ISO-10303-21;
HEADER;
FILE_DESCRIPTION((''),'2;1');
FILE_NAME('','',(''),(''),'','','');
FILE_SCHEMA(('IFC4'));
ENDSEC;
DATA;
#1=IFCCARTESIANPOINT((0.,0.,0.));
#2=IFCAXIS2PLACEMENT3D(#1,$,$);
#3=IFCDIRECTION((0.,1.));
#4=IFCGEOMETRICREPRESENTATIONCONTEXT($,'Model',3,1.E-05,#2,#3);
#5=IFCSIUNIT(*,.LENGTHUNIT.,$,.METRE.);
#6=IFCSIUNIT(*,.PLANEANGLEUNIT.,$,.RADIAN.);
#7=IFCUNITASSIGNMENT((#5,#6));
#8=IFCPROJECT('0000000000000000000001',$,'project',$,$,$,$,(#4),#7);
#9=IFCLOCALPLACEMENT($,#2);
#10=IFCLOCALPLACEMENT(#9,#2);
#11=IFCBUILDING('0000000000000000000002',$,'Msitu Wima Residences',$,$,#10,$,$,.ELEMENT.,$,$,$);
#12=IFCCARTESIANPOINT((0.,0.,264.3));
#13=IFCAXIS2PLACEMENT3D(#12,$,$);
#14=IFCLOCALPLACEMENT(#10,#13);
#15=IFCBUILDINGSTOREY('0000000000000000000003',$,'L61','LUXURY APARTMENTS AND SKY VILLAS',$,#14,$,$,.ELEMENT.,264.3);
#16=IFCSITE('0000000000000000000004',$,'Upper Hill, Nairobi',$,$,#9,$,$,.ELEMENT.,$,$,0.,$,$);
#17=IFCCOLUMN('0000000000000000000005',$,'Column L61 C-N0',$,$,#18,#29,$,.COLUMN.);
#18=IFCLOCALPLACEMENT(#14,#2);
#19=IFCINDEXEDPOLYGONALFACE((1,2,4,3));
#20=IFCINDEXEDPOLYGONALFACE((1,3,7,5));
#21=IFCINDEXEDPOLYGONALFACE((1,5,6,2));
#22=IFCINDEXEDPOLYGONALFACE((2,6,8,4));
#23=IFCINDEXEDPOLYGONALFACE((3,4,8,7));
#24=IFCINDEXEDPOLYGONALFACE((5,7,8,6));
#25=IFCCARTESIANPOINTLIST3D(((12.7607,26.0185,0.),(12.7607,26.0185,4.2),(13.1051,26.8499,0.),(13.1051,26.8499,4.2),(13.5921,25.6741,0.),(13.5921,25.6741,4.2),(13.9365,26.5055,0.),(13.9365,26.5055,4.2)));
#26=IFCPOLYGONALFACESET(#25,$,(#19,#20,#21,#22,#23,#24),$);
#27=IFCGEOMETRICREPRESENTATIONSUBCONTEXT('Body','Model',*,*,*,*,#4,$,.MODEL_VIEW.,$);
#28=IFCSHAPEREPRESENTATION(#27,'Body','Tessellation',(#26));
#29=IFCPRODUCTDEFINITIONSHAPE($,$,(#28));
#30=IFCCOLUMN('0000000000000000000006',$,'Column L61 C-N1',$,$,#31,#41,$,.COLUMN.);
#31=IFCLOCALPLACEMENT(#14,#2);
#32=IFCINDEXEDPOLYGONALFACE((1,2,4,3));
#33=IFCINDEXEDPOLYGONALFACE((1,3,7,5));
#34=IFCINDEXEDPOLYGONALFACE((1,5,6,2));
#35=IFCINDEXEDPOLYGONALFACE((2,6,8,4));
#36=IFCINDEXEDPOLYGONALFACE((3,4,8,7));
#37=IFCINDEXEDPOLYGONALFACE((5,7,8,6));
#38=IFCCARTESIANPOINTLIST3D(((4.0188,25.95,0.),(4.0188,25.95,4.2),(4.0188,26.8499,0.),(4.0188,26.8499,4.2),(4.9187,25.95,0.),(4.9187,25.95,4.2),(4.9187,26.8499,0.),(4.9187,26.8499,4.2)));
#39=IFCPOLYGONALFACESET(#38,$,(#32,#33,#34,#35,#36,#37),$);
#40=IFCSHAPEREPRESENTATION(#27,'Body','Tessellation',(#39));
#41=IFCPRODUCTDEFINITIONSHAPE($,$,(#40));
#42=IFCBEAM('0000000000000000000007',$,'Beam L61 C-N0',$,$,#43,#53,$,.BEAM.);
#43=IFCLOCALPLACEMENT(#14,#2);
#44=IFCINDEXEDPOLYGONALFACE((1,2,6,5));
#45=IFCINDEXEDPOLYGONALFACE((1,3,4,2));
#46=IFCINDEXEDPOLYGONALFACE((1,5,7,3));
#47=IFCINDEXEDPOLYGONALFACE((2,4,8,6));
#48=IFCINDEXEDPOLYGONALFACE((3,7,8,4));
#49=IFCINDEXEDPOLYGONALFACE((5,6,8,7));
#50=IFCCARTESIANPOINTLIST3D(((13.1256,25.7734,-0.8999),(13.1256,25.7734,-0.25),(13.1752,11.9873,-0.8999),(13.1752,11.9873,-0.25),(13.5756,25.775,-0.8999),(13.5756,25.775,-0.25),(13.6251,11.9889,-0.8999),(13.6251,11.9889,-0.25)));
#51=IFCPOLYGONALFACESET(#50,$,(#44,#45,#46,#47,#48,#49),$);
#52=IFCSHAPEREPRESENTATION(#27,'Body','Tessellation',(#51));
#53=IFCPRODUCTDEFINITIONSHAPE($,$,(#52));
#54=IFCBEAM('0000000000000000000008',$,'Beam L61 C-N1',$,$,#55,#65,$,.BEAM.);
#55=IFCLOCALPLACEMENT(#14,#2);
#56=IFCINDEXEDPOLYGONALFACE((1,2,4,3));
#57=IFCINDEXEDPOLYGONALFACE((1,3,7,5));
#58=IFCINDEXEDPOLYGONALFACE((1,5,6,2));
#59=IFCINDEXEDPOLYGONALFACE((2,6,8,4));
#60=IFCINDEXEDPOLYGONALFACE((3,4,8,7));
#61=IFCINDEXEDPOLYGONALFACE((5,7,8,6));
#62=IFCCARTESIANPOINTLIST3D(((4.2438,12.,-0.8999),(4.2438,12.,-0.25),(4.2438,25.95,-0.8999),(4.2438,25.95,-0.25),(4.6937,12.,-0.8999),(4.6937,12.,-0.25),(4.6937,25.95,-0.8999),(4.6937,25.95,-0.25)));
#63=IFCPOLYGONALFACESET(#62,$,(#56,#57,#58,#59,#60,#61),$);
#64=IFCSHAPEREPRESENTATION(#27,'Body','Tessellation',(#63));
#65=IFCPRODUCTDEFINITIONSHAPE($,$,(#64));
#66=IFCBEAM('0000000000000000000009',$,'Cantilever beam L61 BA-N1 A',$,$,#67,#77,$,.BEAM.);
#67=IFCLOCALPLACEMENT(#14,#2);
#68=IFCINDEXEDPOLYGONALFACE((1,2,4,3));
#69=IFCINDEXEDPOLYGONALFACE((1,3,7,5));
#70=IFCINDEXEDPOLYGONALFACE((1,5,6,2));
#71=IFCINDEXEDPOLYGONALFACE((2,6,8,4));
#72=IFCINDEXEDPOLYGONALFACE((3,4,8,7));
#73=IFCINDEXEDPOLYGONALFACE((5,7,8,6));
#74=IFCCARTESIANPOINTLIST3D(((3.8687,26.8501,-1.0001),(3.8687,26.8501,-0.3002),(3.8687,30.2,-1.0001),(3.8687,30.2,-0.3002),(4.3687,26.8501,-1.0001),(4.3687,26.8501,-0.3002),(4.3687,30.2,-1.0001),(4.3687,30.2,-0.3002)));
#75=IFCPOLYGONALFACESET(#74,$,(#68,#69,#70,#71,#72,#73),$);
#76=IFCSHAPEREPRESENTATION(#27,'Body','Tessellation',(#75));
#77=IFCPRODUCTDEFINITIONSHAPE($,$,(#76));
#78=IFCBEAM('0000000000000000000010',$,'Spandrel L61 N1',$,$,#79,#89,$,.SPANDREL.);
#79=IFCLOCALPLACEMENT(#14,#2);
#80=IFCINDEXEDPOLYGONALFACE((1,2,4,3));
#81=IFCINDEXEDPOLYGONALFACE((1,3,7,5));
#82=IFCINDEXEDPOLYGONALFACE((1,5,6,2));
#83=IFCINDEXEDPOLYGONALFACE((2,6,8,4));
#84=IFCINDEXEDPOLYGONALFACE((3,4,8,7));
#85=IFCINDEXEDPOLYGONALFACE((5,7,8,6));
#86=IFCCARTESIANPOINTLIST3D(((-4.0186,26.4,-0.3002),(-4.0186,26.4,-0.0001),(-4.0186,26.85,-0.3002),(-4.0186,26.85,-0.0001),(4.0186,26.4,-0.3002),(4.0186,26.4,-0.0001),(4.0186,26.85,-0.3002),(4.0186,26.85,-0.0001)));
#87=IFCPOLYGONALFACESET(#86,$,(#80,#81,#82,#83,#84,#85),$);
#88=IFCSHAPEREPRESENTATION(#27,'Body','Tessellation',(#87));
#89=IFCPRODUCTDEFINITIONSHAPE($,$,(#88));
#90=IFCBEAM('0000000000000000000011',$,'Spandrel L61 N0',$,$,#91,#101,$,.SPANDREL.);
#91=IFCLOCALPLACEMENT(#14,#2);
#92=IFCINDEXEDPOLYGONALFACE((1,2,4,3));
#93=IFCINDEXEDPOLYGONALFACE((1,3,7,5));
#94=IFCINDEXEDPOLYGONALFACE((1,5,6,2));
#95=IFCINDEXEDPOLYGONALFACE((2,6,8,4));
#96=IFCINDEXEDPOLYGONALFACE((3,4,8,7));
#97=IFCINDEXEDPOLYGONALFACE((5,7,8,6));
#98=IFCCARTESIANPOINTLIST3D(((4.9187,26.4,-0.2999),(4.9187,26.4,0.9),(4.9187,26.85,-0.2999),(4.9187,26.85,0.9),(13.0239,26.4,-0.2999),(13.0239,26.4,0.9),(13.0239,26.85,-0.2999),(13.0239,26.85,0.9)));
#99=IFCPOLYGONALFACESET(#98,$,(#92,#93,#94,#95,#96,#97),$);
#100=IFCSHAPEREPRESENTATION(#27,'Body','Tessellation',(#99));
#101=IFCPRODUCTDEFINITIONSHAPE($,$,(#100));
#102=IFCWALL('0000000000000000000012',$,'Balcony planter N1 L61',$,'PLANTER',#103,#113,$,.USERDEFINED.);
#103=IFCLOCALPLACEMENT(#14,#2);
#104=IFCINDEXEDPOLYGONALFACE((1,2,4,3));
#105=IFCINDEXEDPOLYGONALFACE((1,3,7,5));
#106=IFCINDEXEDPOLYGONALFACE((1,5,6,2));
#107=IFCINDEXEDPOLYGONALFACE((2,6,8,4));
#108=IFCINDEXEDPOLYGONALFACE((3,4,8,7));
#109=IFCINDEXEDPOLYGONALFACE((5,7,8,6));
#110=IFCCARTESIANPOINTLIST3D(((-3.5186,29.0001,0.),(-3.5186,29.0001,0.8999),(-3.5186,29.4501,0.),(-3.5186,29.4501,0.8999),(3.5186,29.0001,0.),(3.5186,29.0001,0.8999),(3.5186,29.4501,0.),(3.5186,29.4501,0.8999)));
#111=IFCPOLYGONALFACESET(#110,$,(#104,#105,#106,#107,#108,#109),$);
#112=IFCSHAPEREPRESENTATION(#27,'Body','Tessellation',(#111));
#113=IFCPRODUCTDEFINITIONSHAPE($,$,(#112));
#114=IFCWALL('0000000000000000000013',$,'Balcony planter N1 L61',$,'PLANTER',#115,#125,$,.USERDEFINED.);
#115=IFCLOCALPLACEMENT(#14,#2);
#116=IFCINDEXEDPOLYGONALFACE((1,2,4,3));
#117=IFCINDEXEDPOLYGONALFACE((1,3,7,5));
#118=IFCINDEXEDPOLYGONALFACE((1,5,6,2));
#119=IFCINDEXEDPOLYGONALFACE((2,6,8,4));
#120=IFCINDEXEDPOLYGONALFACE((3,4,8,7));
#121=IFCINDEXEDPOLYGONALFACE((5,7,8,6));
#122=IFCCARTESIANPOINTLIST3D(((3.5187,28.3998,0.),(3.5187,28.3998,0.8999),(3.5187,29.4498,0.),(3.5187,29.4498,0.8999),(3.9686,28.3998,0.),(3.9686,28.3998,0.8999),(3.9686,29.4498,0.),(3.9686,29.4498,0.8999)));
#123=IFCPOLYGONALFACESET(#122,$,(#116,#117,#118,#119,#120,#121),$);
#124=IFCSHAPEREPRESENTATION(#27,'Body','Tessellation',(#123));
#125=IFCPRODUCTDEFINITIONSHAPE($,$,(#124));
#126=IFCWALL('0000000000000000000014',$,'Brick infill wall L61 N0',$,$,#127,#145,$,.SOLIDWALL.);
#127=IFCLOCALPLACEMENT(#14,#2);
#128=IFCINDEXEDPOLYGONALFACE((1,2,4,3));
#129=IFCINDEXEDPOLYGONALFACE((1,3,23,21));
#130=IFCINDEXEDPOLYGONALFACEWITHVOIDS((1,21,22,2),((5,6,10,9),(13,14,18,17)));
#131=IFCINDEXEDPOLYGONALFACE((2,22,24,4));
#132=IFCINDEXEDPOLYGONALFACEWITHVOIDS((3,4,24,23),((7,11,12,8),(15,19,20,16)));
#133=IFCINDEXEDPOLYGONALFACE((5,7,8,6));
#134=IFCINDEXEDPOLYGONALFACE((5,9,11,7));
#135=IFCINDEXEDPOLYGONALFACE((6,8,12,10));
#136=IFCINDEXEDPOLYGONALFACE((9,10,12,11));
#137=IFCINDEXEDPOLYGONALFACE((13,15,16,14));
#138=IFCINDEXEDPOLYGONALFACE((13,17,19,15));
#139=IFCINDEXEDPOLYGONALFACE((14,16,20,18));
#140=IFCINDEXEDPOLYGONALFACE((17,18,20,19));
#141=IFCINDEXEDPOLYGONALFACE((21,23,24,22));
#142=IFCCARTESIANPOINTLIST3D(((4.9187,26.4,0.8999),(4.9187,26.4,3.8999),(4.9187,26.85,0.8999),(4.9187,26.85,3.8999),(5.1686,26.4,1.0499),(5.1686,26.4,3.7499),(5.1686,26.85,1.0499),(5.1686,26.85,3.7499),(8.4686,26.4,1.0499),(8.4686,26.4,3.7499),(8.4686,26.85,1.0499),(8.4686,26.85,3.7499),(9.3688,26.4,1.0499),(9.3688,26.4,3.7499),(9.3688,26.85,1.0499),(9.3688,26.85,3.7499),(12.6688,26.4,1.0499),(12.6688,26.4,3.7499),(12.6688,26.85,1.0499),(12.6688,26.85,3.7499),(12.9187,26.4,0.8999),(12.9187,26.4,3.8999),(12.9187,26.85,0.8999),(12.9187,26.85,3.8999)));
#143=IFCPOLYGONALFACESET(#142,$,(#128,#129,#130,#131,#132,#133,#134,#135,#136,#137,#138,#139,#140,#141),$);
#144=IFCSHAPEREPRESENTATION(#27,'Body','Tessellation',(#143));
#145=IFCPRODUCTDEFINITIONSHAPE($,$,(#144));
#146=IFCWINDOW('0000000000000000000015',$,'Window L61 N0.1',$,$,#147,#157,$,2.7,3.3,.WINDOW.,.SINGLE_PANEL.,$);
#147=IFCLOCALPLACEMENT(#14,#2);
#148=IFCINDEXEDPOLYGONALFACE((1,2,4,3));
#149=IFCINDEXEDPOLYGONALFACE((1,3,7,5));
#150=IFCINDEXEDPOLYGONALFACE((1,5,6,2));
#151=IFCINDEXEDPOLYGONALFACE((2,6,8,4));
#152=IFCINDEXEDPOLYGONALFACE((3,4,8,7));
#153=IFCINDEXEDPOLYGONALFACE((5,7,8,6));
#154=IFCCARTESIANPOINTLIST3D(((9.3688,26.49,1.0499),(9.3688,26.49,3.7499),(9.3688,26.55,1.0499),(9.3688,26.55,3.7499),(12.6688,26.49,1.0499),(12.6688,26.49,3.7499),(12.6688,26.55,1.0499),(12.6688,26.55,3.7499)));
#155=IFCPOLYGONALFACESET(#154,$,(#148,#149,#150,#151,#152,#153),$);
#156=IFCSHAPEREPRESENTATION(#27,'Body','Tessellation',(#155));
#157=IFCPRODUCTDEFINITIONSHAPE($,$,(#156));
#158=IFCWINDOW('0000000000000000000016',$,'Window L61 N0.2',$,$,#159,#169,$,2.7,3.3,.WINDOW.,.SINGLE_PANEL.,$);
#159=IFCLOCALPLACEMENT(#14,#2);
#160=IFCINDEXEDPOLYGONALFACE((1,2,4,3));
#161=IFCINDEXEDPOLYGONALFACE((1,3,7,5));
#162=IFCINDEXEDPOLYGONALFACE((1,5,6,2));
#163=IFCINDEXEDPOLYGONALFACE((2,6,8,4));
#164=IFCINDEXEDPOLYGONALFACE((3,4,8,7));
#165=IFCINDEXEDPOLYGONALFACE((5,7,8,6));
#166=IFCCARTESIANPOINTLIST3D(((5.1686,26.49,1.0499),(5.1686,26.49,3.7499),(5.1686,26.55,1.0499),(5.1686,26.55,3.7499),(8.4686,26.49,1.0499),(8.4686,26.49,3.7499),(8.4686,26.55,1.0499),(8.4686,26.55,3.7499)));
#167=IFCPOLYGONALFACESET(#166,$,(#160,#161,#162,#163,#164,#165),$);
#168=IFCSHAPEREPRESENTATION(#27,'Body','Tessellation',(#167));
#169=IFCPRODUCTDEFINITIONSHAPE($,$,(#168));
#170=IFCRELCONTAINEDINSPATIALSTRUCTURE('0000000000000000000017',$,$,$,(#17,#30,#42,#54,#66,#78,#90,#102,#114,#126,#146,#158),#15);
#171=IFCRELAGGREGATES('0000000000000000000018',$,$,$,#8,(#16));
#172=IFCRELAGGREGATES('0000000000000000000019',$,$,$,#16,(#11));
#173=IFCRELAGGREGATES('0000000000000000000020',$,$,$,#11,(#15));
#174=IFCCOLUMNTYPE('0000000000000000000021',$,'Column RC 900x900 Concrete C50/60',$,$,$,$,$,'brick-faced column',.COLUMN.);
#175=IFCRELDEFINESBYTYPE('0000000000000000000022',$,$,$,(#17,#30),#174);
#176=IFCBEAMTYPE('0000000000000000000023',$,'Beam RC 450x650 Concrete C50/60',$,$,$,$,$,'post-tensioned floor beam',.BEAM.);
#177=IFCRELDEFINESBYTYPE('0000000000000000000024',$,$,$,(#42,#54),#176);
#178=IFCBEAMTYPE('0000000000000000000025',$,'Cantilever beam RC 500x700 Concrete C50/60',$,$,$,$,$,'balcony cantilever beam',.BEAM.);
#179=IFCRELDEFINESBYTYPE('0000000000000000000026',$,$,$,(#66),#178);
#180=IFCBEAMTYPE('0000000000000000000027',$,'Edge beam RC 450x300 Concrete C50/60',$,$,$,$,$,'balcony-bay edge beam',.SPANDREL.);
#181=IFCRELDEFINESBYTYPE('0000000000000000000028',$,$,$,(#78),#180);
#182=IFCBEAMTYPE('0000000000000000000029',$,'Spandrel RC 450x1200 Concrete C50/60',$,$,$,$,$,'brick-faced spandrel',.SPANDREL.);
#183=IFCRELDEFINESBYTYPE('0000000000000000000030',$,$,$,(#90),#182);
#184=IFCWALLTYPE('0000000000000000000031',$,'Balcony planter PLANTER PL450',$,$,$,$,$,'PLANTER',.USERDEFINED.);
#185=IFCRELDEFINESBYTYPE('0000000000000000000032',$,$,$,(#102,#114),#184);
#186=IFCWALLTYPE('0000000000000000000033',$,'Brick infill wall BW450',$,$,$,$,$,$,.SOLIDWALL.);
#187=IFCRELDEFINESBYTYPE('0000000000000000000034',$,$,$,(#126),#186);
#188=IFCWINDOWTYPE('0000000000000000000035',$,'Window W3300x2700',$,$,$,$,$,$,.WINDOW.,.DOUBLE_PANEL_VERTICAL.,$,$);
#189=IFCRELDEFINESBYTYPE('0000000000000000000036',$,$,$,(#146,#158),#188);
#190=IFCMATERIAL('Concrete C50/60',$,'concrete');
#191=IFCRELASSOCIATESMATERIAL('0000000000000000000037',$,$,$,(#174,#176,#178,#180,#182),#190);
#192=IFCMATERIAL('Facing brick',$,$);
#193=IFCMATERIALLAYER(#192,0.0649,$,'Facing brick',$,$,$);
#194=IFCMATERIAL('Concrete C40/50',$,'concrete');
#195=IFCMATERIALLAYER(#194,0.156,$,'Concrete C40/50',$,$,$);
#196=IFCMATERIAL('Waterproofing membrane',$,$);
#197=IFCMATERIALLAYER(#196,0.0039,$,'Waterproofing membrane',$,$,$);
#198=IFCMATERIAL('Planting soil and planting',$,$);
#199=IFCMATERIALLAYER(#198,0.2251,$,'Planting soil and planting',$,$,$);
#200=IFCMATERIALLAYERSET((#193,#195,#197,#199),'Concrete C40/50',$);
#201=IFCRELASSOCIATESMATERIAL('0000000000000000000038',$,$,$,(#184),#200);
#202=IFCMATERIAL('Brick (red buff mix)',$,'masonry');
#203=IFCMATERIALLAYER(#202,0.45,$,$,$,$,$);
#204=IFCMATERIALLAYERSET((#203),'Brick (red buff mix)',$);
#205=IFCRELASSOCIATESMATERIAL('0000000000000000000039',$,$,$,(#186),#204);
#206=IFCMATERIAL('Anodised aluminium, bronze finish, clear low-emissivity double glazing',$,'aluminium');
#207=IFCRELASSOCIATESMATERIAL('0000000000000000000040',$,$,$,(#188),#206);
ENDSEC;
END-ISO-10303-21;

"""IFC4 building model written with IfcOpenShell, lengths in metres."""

from ifc_helpers import new_model, si_unit, direction, frame, frame_2d, origin, origin_2d, place, context, subcontext, project, spatial, rectangle, extrude, material, layer, layer_set, material_profile, profile_set, type_object, element, fill, save


model = new_model("IFC4")

# Units and contexts
model_context = context("Model", 3, precision=1e-05, world=origin(), true_north=direction((0.0, 1.0)))
body_context = subcontext(model_context, "Body", "Model", "MODEL_VIEW")
ifc_project = project(units=[si_unit("LENGTHUNIT", "METRE"), si_unit("PLANEANGLEUNIT", "RADIAN")], contexts=[model_context])

# Site, building, storey
site_placement = place(None, origin())
site = spatial("IfcSite", under=ifc_project, at=site_placement, Name="Upper Hill, Nairobi", CompositionType="ELEMENT", RefElevation=0.0)
building_placement = place(site_placement, origin())
building = spatial("IfcBuilding", under=site, at=building_placement, Name="Msitu Wima Residences", CompositionType="ELEMENT")
storey_placement = place(building_placement, frame((0.0, 0.0, 264.3)))
storey = spatial("IfcBuildingStorey", under=building, at=storey_placement, Name="L61", Description="LUXURY APARTMENTS AND SKY VILLAS", CompositionType="ELEMENT", Elevation=264.3)

# Columns
ifc_material_1 = material(Name="Concrete C50/60", Category="concrete")
ifc_material_profile_1 = material_profile(ifc_material_1, rectangle(XDim=0.8999, YDim=0.8999, at=origin_2d()), Name="RC 900x900")
ifc_profile_set_1 = profile_set([ifc_material_profile_1], Name="Concrete C50/60")
column_type = type_object("IfcColumnType", Name="Column RC 900x900 Concrete C50/60", ElementType="brick-faced column", PredefinedType="COLUMN", material=ifc_profile_set_1)
for number, where, z_axis, x_axis, name in (
    (1, (13.3486, 26.262, 0.0), (0.0, 0.0, 1.0), (-0.92388, 0.382683, 0.0), "Column L61 C-N0"),
    (2, (4.4688, 26.3999, 0.0), (0.0, 0.0, 1.0), (-1.0, 0.0, 0.0), "Column L61 C-N1"),
):
    element("IfcColumn", number, at=place(storey_placement, frame(where, z_axis=z_axis, x_axis=x_axis)), inside=storey, type_object=column_type, Name=name, PredefinedType="COLUMN", context=body_context, shape_type="SweptSolid", body=[
        extrude(rectangle(XDim=0.8999, YDim=0.8999, at=origin_2d()), origin(), (0.0, 0.0, 1.0), 4.2),
    ])

# Beams
ifc_material_profile_2 = material_profile(ifc_material_1, rectangle(XDim=0.45, YDim=0.6499, at=origin_2d()), Name="RC 450x650")
ifc_profile_set_2 = profile_set([ifc_material_profile_2], Name="Concrete C50/60")
beam_type_1 = type_object("IfcBeamType", Name="Beam RC 450x650 Concrete C50/60", ElementType="post-tensioned floor beam", PredefinedType="BEAM", material=ifc_profile_set_2)
beam_1_placement = place(storey_placement, frame((13.3506, 25.7742, -0.575), z_axis=(0.003595, -0.999994, 0.0), x_axis=(0.999994, 0.003595, 0.0)))
element("IfcBeam", 3, at=beam_1_placement, inside=storey, type_object=beam_type_1, Name="Beam L61 C-N0", PredefinedType="BEAM", context=body_context, shape_type="SweptSolid", body=[
    extrude(rectangle(XDim=0.45, YDim=0.6499, at=origin_2d()), origin(), (0.0, 0.0, 1.0), 13.7861),
])
beam_2_placement = place(storey_placement, frame((4.4688, 25.95, -0.575), z_axis=(0.0, -1.0, 0.0), x_axis=(1.0, 0.0, 0.0)))
element("IfcBeam", 4, at=beam_2_placement, inside=storey, type_object=beam_type_1, Name="Beam L61 C-N1", PredefinedType="BEAM", context=body_context, shape_type="SweptSolid", body=[
    extrude(rectangle(XDim=0.45, YDim=0.6499, at=origin_2d()), origin(), (0.0, 0.0, 1.0), 13.95),
])
ifc_material_profile_3 = material_profile(ifc_material_1, rectangle(XDim=0.5, YDim=0.7, at=origin_2d()), Name="RC 500x700")
ifc_profile_set_3 = profile_set([ifc_material_profile_3], Name="Concrete C50/60")
beam_type_2 = type_object("IfcBeamType", Name="Cantilever beam RC 500x700 Concrete C50/60", ElementType="balcony cantilever beam", PredefinedType="BEAM", material=ifc_profile_set_3)
beam_3_placement = place(storey_placement, frame((4.1187, 26.8501, -0.6501), z_axis=(0.0, 1.0, 0.0), x_axis=(-1.0, 0.0, 0.0)))
element("IfcBeam", 5, at=beam_3_placement, inside=storey, type_object=beam_type_2, Name="Cantilever beam L61 BA-N1 A", PredefinedType="BEAM", context=body_context, shape_type="SweptSolid", body=[
    extrude(rectangle(XDim=0.5, YDim=0.7, at=origin_2d()), origin(), (0.0, 0.0, 1.0), 3.3499),
])
ifc_material_profile_4 = material_profile(ifc_material_1, rectangle(XDim=0.45, YDim=0.3, at=origin_2d()), Name="RC 450x300")
ifc_profile_set_4 = profile_set([ifc_material_profile_4], Name="Concrete C50/60")
beam_type_3 = type_object("IfcBeamType", Name="Edge beam RC 450x300 Concrete C50/60", ElementType="balcony-bay edge beam", PredefinedType="SPANDREL", material=ifc_profile_set_4)
beam_4_placement = place(storey_placement, frame((4.0186, 26.625, -0.1501), z_axis=(-1.0, 0.0, 0.0), x_axis=(0.0, -1.0, 0.0)))
element("IfcBeam", 6, at=beam_4_placement, inside=storey, type_object=beam_type_3, Name="Spandrel L61 N1", PredefinedType="SPANDREL", context=body_context, shape_type="SweptSolid", body=[
    extrude(rectangle(XDim=0.45, YDim=0.3, at=origin_2d()), origin(), (0.0, 0.0, 1.0), 8.0371),
])
ifc_material_profile_5 = material_profile(ifc_material_1, rectangle(XDim=0.45, YDim=1.2, at=origin_2d()), Name="RC 450x1200")
ifc_profile_set_5 = profile_set([ifc_material_profile_5], Name="Concrete C50/60")
beam_type_4 = type_object("IfcBeamType", Name="Spandrel RC 450x1200 Concrete C50/60", ElementType="brick-faced spandrel", PredefinedType="SPANDREL", material=ifc_profile_set_5)
beam_5_placement = place(storey_placement, frame((13.0239, 26.625, 0.3), z_axis=(-1.0, 0.0, 0.0), x_axis=(0.0, -1.0, 0.0)))
element("IfcBeam", 7, at=beam_5_placement, inside=storey, type_object=beam_type_4, Name="Spandrel L61 N0", PredefinedType="SPANDREL", context=body_context, shape_type="SweptSolid", body=[
    extrude(rectangle(XDim=0.45, YDim=1.2, at=origin_2d()), origin(), (0.0, 0.0, 1.0), 8.1052),
])

# Walls
ifc_material_2 = material(Name="Facing brick")
ifc_layer_1 = layer(ifc_material_2, 0.0649, Name="Facing brick")
ifc_material_3 = material(Name="Concrete C40/50", Category="concrete")
ifc_layer_2 = layer(ifc_material_3, 0.156, Name="Concrete C40/50")
ifc_material_4 = material(Name="Waterproofing membrane")
ifc_layer_3 = layer(ifc_material_4, 0.0039, Name="Waterproofing membrane")
ifc_material_5 = material(Name="Planting soil and planting")
ifc_layer_4 = layer(ifc_material_5, 0.2251, Name="Planting soil and planting")
ifc_layer_set_1 = layer_set([ifc_layer_1, ifc_layer_2, ifc_layer_3, ifc_layer_4], Name="Concrete C40/50")
wall_type_1 = type_object("IfcWallType", Name="Balcony planter PLANTER PL450", ElementType="PLANTER", PredefinedType="USERDEFINED", material=ifc_layer_set_1)
wall_1_placement = place(storey_placement, frame((3.5186, 29.2251, 0.0), z_axis=(0.0, 0.0, 1.0), x_axis=(-1.0, 0.0, 0.0)))
element("IfcWall", 8, at=wall_1_placement, inside=storey, type_object=wall_type_1, Name="Balcony planter N1 L61", ObjectType="PLANTER", PredefinedType="USERDEFINED", context=body_context, shape_type="SweptSolid", body=[
    extrude(rectangle(XDim=7.0371, YDim=0.45, at=frame_2d((3.5186, 0.0))), origin(), (0.0, 0.0, 1.0), 0.8999),
])
wall_2_placement = place(storey_placement, frame((3.7437, 28.3999, 0.0), z_axis=(0.0, 0.0, 1.0), x_axis=(0.0, 1.0, 0.0)))
element("IfcWall", 9, at=wall_2_placement, inside=storey, type_object=wall_type_1, Name="Balcony planter N1 L61", ObjectType="PLANTER", PredefinedType="USERDEFINED", context=body_context, shape_type="SweptSolid", body=[
    extrude(rectangle(XDim=1.05, YDim=0.45, at=frame_2d((0.5249, 0.0))), origin(), (0.0, 0.0, 1.0), 0.8999),
])

# Wall, openings, windows
ifc_material_6 = material(Name="Brick (red buff mix)", Category="masonry")
ifc_layer_5 = layer(ifc_material_6, 0.45)
ifc_layer_set_2 = layer_set([ifc_layer_5], Name="Brick (red buff mix)")
wall_type_2 = type_object("IfcWallType", Name="Brick infill wall BW450", PredefinedType="SOLIDWALL", material=ifc_layer_set_2)
wall_3_placement = place(storey_placement, frame((12.9187, 26.625, 0.8999), z_axis=(0.0, 0.0, 1.0), x_axis=(-1.0, 0.0, 0.0)))
wall_3 = element("IfcWall", 10, at=wall_3_placement, inside=storey, type_object=wall_type_2, Name="Brick infill wall L61 N0", PredefinedType="SOLIDWALL", context=body_context, shape_type="SweptSolid", body=[
    extrude(rectangle(XDim=8.0, YDim=0.45, at=frame_2d((4.0, 0.0))), origin(), (0.0, 0.0, 1.0), 3.0),
])
opening_1_placement = place(wall_3_placement, frame((0.25, 0.0, 0.1499)))
opening_1 = element("IfcOpeningElement", 11, at=opening_1_placement, cuts=wall_3, PredefinedType="OPENING", context=body_context, shape_type="SweptSolid", body=[
    extrude(rectangle(XDim=3.3, YDim=2.7, at=frame_2d((1.6499, 1.3501))), frame((0.0, 0.2349, 0.0), z_axis=(0.0, -1.0, 0.0), x_axis=(1.0, 0.0, 0.0)), (0.0, 0.0, 1.0), 0.47),
])
opening_2_placement = place(wall_3_placement, frame((4.4502, 0.0, 0.1499)))
opening_2 = element("IfcOpeningElement", 12, at=opening_2_placement, cuts=wall_3, PredefinedType="OPENING", context=body_context, shape_type="SweptSolid", body=[
    extrude(rectangle(XDim=3.3, YDim=2.7, at=frame_2d((1.6499, 1.3501))), frame((0.0, 0.2349, 0.0), z_axis=(0.0, -1.0, 0.0), x_axis=(1.0, 0.0, 0.0)), (0.0, 0.0, 1.0), 0.47),
])
ifc_material_7 = material(Name="Anodised aluminium, bronze finish, clear low-emissivity double glazing", Category="aluminium")
window_type = type_object("IfcWindowType", Name="Window W3300x2700", PartitioningType="DOUBLE_PANEL_VERTICAL", PredefinedType="WINDOW", material=ifc_material_7)
window_1_placement = place(opening_1_placement, origin())
window_1 = element("IfcWindow", 13, at=window_1_placement, inside=storey, type_object=window_type, Name="Window L61 N0.1", OverallHeight=2.7, OverallWidth=3.3, PartitioningType="SINGLE_PANEL", PredefinedType="WINDOW", context=body_context, shape_type="SweptSolid", body=[
    extrude(rectangle(XDim=3.3, YDim=2.7, at=frame_2d((1.6499, 1.3501))), frame((0.0, 0.135, 0.0), z_axis=(0.0, -1.0, 0.0), x_axis=(1.0, 0.0, 0.0)), (0.0, 0.0, 1.0), 0.0601),
])
fill(opening_1, window_1)
window_2_placement = place(opening_2_placement, origin())
window_2 = element("IfcWindow", 14, at=window_2_placement, inside=storey, type_object=window_type, Name="Window L61 N0.2", OverallHeight=2.7, OverallWidth=3.3, PartitioningType="SINGLE_PANEL", PredefinedType="WINDOW", context=body_context, shape_type="SweptSolid", body=[
    extrude(rectangle(XDim=3.3, YDim=2.7, at=frame_2d((1.6499, 1.3501))), frame((0.0, 0.135, 0.0), z_axis=(0.0, -1.0, 0.0), x_axis=(1.0, 0.0, 0.0)), (0.0, 0.0, 1.0), 0.0601),
])
fill(opening_2, window_2)

save(model, "model.ifc")
